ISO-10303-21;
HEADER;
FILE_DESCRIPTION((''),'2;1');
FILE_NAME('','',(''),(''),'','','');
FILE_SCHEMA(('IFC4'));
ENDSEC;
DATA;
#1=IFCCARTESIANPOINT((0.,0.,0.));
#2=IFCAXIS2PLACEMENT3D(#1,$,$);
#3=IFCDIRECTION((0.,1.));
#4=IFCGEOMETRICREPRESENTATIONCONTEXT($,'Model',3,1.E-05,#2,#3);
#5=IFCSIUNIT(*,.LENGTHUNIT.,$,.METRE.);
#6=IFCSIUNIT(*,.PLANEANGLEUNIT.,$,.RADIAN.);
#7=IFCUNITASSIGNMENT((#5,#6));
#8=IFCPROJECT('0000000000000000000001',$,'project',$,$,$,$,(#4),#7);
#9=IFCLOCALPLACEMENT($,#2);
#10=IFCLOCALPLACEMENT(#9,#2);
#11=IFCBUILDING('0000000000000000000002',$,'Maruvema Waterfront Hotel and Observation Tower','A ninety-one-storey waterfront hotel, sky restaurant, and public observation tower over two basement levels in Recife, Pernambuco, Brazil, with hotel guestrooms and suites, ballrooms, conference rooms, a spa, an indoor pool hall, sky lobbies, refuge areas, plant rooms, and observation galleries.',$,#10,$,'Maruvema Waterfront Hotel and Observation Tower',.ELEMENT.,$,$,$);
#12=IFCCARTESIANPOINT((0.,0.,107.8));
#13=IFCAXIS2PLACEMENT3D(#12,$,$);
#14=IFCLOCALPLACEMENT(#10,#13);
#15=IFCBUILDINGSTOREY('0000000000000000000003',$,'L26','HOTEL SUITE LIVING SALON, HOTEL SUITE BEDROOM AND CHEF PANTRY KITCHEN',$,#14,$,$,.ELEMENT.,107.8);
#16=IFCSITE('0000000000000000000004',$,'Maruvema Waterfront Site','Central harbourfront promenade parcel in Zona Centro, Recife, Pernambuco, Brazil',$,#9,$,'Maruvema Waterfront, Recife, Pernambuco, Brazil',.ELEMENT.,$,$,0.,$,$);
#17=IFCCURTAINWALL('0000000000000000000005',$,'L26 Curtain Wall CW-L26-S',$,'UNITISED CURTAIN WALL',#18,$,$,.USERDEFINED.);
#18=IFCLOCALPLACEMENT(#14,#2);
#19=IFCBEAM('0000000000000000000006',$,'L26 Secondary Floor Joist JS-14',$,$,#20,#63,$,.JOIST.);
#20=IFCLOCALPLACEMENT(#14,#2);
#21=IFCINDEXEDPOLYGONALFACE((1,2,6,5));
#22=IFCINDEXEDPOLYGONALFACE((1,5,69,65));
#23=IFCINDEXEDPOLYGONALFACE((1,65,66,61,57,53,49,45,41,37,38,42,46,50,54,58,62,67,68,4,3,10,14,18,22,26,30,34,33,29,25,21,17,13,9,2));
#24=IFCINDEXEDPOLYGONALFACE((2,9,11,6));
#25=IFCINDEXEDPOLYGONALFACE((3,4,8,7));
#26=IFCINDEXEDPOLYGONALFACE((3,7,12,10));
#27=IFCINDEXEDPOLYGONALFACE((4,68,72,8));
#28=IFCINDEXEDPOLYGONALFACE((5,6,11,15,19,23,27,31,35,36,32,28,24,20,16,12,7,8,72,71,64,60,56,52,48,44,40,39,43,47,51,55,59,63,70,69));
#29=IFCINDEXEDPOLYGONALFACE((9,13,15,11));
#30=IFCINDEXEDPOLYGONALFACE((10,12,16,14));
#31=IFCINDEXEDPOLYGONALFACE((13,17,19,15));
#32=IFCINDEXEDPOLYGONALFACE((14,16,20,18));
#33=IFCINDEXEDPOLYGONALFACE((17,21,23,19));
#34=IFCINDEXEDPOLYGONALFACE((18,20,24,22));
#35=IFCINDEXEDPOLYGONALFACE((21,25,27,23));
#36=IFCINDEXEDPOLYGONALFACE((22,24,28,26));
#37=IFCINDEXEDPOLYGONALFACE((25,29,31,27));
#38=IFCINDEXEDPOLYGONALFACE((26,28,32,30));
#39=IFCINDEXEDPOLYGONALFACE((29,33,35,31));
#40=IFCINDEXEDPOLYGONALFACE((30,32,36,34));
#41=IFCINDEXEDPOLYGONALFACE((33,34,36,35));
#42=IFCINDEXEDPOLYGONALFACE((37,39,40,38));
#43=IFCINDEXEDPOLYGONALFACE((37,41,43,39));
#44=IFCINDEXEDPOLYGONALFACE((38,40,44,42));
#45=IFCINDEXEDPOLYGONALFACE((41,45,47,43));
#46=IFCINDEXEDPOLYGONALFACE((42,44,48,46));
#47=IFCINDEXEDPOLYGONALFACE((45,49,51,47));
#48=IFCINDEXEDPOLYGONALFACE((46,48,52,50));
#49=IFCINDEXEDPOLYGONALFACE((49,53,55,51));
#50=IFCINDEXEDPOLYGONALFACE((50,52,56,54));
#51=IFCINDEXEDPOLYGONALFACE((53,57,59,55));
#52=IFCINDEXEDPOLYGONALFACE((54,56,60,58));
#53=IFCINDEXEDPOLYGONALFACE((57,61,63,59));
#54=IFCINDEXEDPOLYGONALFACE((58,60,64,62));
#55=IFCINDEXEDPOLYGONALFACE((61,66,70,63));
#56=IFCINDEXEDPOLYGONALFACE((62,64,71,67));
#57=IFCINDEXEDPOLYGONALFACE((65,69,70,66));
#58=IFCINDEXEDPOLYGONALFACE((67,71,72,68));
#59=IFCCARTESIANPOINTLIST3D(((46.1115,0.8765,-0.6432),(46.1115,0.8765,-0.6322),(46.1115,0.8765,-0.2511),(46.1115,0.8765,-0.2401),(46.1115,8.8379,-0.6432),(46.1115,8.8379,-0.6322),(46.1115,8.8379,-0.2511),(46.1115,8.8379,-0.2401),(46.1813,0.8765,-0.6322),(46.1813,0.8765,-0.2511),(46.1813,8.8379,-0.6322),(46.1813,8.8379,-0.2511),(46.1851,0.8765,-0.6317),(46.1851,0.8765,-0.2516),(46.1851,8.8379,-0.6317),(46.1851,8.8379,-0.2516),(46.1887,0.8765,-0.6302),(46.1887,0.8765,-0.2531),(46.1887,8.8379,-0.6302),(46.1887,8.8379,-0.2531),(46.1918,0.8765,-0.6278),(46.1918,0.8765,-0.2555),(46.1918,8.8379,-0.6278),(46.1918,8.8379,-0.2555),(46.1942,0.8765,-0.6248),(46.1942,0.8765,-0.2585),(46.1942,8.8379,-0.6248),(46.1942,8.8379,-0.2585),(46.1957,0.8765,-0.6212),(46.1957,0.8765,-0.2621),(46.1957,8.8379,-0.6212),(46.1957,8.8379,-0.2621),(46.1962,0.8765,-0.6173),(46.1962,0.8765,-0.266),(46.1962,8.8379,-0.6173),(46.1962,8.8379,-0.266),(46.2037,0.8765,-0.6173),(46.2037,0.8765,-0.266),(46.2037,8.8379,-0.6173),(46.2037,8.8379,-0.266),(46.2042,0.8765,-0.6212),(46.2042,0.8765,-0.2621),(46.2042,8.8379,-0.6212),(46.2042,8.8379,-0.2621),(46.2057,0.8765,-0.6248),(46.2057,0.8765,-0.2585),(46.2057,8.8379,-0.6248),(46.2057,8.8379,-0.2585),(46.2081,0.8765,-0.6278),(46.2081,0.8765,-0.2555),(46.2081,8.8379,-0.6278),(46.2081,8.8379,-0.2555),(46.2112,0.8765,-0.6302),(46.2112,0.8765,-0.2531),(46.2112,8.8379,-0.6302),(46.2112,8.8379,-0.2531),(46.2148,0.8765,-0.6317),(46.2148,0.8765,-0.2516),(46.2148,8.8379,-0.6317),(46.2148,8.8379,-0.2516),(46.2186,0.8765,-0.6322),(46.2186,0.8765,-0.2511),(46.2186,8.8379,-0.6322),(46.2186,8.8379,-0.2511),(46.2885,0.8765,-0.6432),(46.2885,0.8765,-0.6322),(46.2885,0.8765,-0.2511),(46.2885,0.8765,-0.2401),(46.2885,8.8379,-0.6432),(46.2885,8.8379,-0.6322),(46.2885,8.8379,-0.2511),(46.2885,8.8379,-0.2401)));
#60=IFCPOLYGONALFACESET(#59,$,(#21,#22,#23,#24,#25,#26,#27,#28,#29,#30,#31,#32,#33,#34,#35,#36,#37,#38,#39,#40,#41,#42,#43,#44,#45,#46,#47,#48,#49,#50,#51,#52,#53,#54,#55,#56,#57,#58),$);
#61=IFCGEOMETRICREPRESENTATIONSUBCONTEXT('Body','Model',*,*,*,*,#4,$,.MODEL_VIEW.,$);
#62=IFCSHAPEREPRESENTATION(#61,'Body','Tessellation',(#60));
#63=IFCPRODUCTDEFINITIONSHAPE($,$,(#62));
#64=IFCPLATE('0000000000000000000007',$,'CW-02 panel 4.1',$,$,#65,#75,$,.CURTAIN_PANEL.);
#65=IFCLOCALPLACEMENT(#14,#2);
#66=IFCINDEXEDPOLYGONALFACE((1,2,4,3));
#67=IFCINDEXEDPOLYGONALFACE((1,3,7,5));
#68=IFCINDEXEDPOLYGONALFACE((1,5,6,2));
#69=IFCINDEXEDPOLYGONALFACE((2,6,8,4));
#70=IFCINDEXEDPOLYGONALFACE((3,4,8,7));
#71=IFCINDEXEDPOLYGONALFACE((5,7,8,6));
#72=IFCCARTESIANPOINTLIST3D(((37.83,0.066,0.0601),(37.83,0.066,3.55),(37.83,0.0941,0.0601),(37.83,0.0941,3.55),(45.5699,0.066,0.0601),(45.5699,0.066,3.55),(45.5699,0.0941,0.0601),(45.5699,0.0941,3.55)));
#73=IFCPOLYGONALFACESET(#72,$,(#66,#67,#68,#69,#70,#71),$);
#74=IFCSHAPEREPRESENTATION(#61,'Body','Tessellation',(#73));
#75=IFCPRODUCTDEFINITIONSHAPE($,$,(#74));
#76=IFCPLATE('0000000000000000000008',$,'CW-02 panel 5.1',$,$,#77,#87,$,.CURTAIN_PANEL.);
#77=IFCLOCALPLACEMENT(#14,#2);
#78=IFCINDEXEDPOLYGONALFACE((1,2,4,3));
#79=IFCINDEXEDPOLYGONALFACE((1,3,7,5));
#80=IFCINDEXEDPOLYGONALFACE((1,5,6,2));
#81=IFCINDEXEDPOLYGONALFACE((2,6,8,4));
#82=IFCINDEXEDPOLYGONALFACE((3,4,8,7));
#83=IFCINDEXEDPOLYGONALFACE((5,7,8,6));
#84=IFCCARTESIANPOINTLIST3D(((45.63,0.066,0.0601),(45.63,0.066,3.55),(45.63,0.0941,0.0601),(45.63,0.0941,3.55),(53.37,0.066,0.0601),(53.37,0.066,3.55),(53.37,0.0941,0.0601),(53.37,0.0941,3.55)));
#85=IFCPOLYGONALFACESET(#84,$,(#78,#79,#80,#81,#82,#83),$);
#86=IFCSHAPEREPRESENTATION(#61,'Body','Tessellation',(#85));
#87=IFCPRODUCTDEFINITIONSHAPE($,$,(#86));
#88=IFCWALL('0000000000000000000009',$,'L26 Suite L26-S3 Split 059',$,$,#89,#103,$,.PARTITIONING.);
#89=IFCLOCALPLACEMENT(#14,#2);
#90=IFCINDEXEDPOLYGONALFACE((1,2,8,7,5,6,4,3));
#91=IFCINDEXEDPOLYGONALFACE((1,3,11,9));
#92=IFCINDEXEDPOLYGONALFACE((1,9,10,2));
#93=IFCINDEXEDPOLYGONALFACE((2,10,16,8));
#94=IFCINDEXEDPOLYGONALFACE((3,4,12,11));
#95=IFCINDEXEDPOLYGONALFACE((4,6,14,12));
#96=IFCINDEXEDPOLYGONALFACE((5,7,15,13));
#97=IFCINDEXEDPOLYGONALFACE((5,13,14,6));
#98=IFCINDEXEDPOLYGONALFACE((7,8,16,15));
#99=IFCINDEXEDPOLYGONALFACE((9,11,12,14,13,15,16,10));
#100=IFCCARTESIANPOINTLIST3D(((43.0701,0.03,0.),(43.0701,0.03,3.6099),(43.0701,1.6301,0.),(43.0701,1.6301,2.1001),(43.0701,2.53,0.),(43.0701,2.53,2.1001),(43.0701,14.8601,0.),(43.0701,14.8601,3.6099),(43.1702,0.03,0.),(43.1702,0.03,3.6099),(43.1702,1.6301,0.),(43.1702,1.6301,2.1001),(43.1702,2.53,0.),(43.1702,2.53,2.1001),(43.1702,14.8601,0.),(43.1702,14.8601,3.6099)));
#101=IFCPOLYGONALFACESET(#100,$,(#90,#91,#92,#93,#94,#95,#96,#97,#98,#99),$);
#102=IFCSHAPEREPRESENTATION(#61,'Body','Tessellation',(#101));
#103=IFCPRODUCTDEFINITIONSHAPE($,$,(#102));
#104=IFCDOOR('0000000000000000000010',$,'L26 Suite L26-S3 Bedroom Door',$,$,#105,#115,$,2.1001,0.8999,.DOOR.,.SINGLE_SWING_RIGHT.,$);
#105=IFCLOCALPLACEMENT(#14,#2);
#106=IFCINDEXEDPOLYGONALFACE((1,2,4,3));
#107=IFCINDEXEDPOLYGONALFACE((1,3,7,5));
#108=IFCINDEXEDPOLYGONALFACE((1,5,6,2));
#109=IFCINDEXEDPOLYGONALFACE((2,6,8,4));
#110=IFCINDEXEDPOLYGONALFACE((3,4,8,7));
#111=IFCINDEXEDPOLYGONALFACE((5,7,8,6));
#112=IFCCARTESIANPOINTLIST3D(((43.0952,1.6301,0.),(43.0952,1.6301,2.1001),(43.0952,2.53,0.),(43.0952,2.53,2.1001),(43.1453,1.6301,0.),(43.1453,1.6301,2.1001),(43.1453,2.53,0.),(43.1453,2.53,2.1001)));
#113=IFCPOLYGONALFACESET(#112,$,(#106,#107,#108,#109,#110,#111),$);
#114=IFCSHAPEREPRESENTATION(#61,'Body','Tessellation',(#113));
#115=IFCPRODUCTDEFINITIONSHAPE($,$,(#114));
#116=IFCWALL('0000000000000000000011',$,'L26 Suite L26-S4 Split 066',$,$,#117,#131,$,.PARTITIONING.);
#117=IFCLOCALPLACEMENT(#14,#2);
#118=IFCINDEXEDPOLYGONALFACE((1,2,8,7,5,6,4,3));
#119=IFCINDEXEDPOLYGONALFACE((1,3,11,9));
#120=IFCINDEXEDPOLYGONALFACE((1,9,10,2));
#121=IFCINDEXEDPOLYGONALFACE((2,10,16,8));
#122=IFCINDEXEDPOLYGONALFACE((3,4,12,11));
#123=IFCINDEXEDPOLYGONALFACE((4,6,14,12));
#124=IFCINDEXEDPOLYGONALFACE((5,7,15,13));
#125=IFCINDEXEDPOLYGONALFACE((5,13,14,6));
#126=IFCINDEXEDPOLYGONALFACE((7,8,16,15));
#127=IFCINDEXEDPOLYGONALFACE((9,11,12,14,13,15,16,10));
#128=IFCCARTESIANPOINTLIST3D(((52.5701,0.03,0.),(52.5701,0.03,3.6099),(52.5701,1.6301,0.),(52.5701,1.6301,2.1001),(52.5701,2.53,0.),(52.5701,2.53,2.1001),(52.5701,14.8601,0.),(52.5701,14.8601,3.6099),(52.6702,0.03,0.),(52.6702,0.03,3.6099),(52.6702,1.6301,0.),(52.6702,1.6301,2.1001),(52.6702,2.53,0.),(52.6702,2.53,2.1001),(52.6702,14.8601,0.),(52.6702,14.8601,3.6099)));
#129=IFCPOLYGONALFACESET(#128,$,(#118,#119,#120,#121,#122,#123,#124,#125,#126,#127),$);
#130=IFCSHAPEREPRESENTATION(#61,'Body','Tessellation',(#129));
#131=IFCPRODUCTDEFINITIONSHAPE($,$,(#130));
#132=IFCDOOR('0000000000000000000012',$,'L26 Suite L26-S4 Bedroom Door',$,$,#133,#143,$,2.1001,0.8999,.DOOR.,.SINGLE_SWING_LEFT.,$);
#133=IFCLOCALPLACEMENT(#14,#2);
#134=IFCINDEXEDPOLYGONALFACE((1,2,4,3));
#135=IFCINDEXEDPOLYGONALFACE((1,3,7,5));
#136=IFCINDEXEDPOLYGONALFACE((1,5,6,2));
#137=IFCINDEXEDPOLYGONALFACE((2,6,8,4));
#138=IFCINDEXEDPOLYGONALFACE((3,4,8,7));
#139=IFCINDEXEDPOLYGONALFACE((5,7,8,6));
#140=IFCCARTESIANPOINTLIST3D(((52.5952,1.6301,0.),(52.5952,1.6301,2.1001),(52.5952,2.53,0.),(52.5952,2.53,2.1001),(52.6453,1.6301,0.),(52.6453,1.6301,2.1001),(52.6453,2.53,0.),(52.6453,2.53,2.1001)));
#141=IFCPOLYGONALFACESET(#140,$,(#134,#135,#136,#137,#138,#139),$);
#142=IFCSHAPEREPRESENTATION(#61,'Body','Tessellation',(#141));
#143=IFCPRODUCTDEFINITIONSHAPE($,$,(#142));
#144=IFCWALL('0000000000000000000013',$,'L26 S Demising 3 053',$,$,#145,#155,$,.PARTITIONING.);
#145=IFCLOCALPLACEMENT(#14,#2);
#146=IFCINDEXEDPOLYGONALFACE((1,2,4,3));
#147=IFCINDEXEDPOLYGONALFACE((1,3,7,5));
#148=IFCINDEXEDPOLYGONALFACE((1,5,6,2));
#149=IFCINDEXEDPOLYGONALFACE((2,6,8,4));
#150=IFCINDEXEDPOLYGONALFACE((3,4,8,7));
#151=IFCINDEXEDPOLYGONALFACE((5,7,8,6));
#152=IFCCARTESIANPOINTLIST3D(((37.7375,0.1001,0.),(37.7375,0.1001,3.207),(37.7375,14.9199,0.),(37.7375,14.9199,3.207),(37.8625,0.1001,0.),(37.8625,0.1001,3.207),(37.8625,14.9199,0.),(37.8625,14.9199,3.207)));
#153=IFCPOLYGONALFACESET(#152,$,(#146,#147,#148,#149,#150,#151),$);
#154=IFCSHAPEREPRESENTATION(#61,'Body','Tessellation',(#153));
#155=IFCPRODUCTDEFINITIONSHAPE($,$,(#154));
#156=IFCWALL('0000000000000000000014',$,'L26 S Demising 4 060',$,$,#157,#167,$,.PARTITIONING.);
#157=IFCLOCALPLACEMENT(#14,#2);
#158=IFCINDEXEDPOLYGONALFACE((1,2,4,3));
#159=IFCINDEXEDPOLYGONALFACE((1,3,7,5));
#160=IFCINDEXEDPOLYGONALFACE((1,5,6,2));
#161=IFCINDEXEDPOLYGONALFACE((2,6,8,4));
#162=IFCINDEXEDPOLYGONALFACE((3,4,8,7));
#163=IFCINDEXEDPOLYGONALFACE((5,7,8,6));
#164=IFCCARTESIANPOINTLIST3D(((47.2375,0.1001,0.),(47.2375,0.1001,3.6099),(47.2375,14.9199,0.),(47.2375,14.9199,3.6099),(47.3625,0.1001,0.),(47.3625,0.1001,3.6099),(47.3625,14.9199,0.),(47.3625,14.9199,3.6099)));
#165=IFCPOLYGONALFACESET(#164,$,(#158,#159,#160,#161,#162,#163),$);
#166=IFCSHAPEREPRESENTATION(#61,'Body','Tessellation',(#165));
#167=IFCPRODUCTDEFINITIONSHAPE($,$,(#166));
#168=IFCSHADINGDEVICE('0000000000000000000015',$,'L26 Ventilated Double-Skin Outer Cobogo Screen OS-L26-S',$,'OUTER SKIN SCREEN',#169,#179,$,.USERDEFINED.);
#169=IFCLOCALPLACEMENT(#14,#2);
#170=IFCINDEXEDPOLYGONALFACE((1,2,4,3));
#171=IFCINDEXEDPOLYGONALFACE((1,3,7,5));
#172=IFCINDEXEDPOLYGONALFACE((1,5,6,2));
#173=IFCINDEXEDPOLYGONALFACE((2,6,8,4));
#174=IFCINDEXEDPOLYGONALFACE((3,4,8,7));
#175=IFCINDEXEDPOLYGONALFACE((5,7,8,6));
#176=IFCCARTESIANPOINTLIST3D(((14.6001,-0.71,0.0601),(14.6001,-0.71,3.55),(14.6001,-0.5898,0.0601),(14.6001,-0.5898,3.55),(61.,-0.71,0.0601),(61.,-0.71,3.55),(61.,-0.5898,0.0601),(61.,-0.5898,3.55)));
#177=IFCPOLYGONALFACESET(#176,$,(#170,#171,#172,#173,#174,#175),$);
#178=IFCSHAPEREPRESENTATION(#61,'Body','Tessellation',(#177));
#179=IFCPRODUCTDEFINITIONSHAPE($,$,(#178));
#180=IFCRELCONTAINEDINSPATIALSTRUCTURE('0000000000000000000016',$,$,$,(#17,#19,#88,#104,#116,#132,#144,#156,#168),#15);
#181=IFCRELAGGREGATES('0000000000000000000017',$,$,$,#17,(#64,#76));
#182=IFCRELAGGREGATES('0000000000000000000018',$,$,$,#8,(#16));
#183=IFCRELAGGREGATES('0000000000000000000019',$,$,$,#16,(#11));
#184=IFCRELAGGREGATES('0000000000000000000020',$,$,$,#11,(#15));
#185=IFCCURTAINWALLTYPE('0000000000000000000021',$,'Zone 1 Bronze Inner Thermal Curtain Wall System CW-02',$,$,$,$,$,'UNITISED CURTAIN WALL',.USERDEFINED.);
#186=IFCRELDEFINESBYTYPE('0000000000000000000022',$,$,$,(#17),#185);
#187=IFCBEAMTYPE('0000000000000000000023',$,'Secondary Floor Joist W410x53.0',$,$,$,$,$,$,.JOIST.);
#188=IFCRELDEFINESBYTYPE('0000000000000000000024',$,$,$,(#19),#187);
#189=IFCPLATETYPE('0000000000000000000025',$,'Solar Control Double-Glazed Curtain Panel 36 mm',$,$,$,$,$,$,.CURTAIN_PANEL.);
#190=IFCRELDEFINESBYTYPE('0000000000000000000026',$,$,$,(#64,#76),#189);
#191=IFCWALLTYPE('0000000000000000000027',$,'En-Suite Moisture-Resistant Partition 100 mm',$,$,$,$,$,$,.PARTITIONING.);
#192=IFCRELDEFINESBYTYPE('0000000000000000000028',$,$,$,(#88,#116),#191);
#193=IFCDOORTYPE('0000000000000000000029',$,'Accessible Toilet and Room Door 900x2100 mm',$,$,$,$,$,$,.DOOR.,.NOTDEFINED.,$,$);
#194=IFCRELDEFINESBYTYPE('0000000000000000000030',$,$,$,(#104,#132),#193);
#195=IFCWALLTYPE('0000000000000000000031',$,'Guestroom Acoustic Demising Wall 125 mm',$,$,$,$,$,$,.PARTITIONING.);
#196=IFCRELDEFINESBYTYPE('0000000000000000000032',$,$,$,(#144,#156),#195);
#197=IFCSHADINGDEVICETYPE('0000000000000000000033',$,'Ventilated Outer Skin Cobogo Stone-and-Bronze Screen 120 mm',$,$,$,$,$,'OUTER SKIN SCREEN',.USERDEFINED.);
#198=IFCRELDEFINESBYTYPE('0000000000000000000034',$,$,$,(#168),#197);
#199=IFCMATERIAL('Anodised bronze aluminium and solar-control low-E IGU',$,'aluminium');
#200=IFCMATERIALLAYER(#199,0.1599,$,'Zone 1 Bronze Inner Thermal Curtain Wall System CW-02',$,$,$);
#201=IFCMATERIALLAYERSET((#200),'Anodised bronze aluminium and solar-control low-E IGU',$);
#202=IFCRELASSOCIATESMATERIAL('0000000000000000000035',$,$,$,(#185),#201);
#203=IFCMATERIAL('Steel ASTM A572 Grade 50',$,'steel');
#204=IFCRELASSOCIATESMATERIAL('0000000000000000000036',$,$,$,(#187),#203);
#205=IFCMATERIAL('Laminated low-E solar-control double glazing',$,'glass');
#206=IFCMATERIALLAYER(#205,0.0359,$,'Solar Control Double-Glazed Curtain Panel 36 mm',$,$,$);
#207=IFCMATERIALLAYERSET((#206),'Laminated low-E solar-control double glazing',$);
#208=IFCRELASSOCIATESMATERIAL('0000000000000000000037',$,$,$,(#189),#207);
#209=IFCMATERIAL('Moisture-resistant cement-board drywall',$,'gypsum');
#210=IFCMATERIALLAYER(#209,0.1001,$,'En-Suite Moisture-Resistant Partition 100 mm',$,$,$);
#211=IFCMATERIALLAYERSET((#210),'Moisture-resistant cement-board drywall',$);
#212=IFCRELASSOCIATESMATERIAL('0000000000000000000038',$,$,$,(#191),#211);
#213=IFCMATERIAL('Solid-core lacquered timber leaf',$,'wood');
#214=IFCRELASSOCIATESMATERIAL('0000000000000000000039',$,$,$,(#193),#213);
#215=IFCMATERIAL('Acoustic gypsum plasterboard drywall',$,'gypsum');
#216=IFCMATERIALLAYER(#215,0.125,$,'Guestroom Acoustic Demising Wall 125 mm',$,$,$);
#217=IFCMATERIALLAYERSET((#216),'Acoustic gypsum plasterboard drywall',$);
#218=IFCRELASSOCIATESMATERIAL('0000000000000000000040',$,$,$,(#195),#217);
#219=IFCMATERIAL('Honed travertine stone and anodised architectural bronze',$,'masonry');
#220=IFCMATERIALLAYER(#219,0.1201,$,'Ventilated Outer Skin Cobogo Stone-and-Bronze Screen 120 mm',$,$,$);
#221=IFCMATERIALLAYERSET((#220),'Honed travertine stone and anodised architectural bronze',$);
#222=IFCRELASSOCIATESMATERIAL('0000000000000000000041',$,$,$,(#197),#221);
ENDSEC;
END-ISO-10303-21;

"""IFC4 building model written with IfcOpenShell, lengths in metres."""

from ifc_helpers import new_model, si_unit, direction, frame, frame_2d, origin, origin_2d, place, context, subcontext, project, spatial, rectangle, i_section, extrude, material, layer, layer_set, material_profile, profile_set, type_object, element, fill, aggregate, save


model = new_model("IFC4")

# Units and contexts
model_context = context("Model", 3, precision=1e-05, world=origin(), true_north=direction((0.0, 1.0)))
body_context = subcontext(model_context, "Body", "Model", "MODEL_VIEW")
ifc_project = project(units=[si_unit("LENGTHUNIT", "METRE"), si_unit("PLANEANGLEUNIT", "RADIAN")], contexts=[model_context])

# Site, building, storey
site_placement = place(None, origin())
site = spatial("IfcSite", under=ifc_project, at=site_placement, Name="Maruvema Waterfront Site", Description="Central harbourfront promenade parcel in Zona Centro, Recife, Pernambuco, Brazil", LongName="Maruvema Waterfront, Recife, Pernambuco, Brazil", CompositionType="ELEMENT", RefElevation=0.0)
building_placement = place(site_placement, origin())
building = spatial("IfcBuilding", under=site, at=building_placement, Name="Maruvema Waterfront Hotel and Observation Tower", Description="A ninety-one-storey waterfront hotel, sky restaurant, and public observation tower over two basement levels in Recife, Pernambuco, Brazil, with hotel guestrooms and suites, ballrooms, conference rooms, a spa, an indoor pool hall, sky lobbies, refuge areas, plant rooms, and observation galleries.", LongName="Maruvema Waterfront Hotel and Observation Tower", CompositionType="ELEMENT")
storey_placement = place(building_placement, frame((0.0, 0.0, 107.8)))
storey = spatial("IfcBuildingStorey", under=building, at=storey_placement, Name="L26", Description="HOTEL SUITE LIVING SALON, HOTEL SUITE BEDROOM AND CHEF PANTRY KITCHEN", CompositionType="ELEMENT", Elevation=107.8)

# Curtain wall
ifc_material_1 = material(Name="Anodised bronze aluminium and solar-control low-E IGU", Category="aluminium")
ifc_layer_1 = layer(ifc_material_1, 0.1599, Name="Zone 1 Bronze Inner Thermal Curtain Wall System CW-02")
ifc_layer_set_1 = layer_set([ifc_layer_1], Name="Anodised bronze aluminium and solar-control low-E IGU")
curtain_wall_type = type_object("IfcCurtainWallType", Name="Zone 1 Bronze Inner Thermal Curtain Wall System CW-02", ElementType="UNITISED CURTAIN WALL", PredefinedType="USERDEFINED", material=ifc_layer_set_1)
curtain_wall_placement = place(storey_placement, origin())
curtain_wall = element("IfcCurtainWall", 1, at=curtain_wall_placement, inside=storey, type_object=curtain_wall_type, Name="L26 Curtain Wall CW-L26-S", ObjectType="UNITISED CURTAIN WALL", PredefinedType="USERDEFINED")

# Beam
ifc_material_2 = material(Name="Steel ASTM A572 Grade 50", Category="steel")
ifc_material_profile_1 = material_profile(ifc_material_2, i_section(OverallWidth=0.177, OverallDepth=0.4031, WebThickness=0.0076, FlangeThickness=0.011, FilletRadius=0.0149, at=origin_2d()), Name="W410x53.0")
ifc_profile_set_1 = profile_set([ifc_material_profile_1], Name="Steel ASTM A572 Grade 50")
beam_type_1 = type_object("IfcBeamType", Name="Secondary Floor Joist W410x53.0", PredefinedType="JOIST", material=ifc_profile_set_1)
beam_1_placement = place(storey_placement, frame((46.2, 0.8765, -0.4417), z_axis=(0.0, 1.0, 0.0), x_axis=(-1.0, 0.0, 0.0)))
element("IfcBeam", 2, at=beam_1_placement, inside=storey, type_object=beam_type_1, Name="L26 Secondary Floor Joist JS-14", PredefinedType="JOIST", context=body_context, shape_type="SweptSolid", body=[
    extrude(i_section(OverallWidth=0.177, OverallDepth=0.4031, WebThickness=0.0076, FlangeThickness=0.011, FilletRadius=0.0149, at=origin_2d()), origin(), (0.0, 0.0, 1.0), 7.9614),
])

# Plates
ifc_material_3 = material(Name="Laminated low-E solar-control double glazing", Category="glass")
ifc_layer_2 = layer(ifc_material_3, 0.0359, Name="Solar Control Double-Glazed Curtain Panel 36 mm")
ifc_layer_set_2 = layer_set([ifc_layer_2], Name="Laminated low-E solar-control double glazing")
plate_type = type_object("IfcPlateType", Name="Solar Control Double-Glazed Curtain Panel 36 mm", PredefinedType="CURTAIN_PANEL", material=ifc_layer_set_2)
plate_1_placement = place(storey_placement, frame((41.7, 0.0801, 0.0601), z_axis=(0.0, 0.0, 1.0), x_axis=(1.0, 0.0, 0.0)))
plate_1 = element("IfcPlate", 3, at=plate_1_placement, type_object=plate_type, Name="CW-02 panel 4.1", PredefinedType="CURTAIN_PANEL", context=body_context, shape_type="SweptSolid", body=[
    extrude(rectangle(XDim=7.74, YDim=0.0281, at=origin_2d()), origin(), (0.0, 0.0, 1.0), 3.49),
])
plate_2_placement = place(storey_placement, frame((49.5, 0.0801, 0.0601), z_axis=(0.0, 0.0, 1.0), x_axis=(1.0, 0.0, 0.0)))
plate_2 = element("IfcPlate", 4, at=plate_2_placement, type_object=plate_type, Name="CW-02 panel 5.1", PredefinedType="CURTAIN_PANEL", context=body_context, shape_type="SweptSolid", body=[
    extrude(rectangle(XDim=7.74, YDim=0.0281, at=origin_2d()), origin(), (0.0, 0.0, 1.0), 3.49),
])
aggregate(curtain_wall, [plate_1, plate_2])

# Walls, openings, doors
ifc_material_4 = material(Name="Moisture-resistant cement-board drywall", Category="gypsum")
ifc_layer_3 = layer(ifc_material_4, 0.1001, Name="En-Suite Moisture-Resistant Partition 100 mm")
ifc_layer_set_3 = layer_set([ifc_layer_3], Name="Moisture-resistant cement-board drywall")
wall_type_1 = type_object("IfcWallType", Name="En-Suite Moisture-Resistant Partition 100 mm", PredefinedType="PARTITIONING", material=ifc_layer_set_3)
wall_1_placement = place(storey_placement, frame((43.1201, 0.03, 0.0), z_axis=(0.0, 0.0, 1.0), x_axis=(0.0, 1.0, 0.0)))
wall_1 = element("IfcWall", 5, at=wall_1_placement, inside=storey, type_object=wall_type_1, Name="L26 Suite L26-S3 Split 059", PredefinedType="PARTITIONING", context=body_context, shape_type="SweptSolid", body=[
    extrude(rectangle(XDim=14.8301, YDim=0.1001, at=frame_2d((7.415, 0.0))), origin(), (0.0, 0.0, 1.0), 3.6099),
])
opening_1_placement = place(wall_1_placement, frame((1.6001, 0.0, 0.0)))
opening_1 = element("IfcOpeningElement", 6, at=opening_1_placement, cuts=wall_1, PredefinedType="OPENING", context=body_context, shape_type="SweptSolid", body=[
    extrude(rectangle(XDim=0.8999, YDim=2.1001, at=frame_2d((0.45, 1.05))), frame((0.0, 0.0601, 0.0), z_axis=(0.0, -1.0, 0.0), x_axis=(1.0, 0.0, 0.0)), (0.0, 0.0, 1.0), 0.1201),
])
ifc_material_5 = material(Name="Solid-core lacquered timber leaf", Category="wood")
door_type = type_object("IfcDoorType", Name="Accessible Toilet and Room Door 900x2100 mm", OperationType="NOTDEFINED", PredefinedType="DOOR", material=ifc_material_5)
door_1_placement = place(opening_1_placement, origin())
door_1 = element("IfcDoor", 7, at=door_1_placement, inside=storey, type_object=door_type, Name="L26 Suite L26-S3 Bedroom Door", OperationType="SINGLE_SWING_RIGHT", OverallHeight=2.1001, OverallWidth=0.8999, PredefinedType="DOOR", context=body_context, shape_type="SweptSolid", body=[
    extrude(rectangle(XDim=0.8999, YDim=2.1001, at=frame_2d((0.45, 1.05))), frame((0.0, 0.0249, 0.0), z_axis=(0.0, -1.0, 0.0), x_axis=(1.0, 0.0, 0.0)), (0.0, 0.0, 1.0), 0.05),
])
fill(opening_1, door_1)
wall_2_placement = place(storey_placement, frame((52.6201, 0.03, 0.0), z_axis=(0.0, 0.0, 1.0), x_axis=(0.0, 1.0, 0.0)))
wall_2 = element("IfcWall", 8, at=wall_2_placement, inside=storey, type_object=wall_type_1, Name="L26 Suite L26-S4 Split 066", PredefinedType="PARTITIONING", context=body_context, shape_type="SweptSolid", body=[
    extrude(rectangle(XDim=14.8301, YDim=0.1001, at=frame_2d((7.415, 0.0))), origin(), (0.0, 0.0, 1.0), 3.6099),
])
opening_2_placement = place(wall_2_placement, frame((1.6001, 0.0, 0.0)))
opening_2 = element("IfcOpeningElement", 9, at=opening_2_placement, cuts=wall_2, PredefinedType="OPENING", context=body_context, shape_type="SweptSolid", body=[
    extrude(rectangle(XDim=0.8999, YDim=2.1001, at=frame_2d((0.45, 1.05))), frame((0.0, 0.0601, 0.0), z_axis=(0.0, -1.0, 0.0), x_axis=(1.0, 0.0, 0.0)), (0.0, 0.0, 1.0), 0.1201),
])
door_2_placement = place(opening_2_placement, origin())
door_2 = element("IfcDoor", 10, at=door_2_placement, inside=storey, type_object=door_type, Name="L26 Suite L26-S4 Bedroom Door", OperationType="SINGLE_SWING_LEFT", OverallHeight=2.1001, OverallWidth=0.8999, PredefinedType="DOOR", context=body_context, shape_type="SweptSolid", body=[
    extrude(rectangle(XDim=0.8999, YDim=2.1001, at=frame_2d((0.45, 1.05))), frame((0.0, 0.0249, 0.0), z_axis=(0.0, -1.0, 0.0), x_axis=(1.0, 0.0, 0.0)), (0.0, 0.0, 1.0), 0.05),
])
fill(opening_2, door_2)

# Walls
ifc_material_6 = material(Name="Acoustic gypsum plasterboard drywall", Category="gypsum")
ifc_layer_4 = layer(ifc_material_6, 0.125, Name="Guestroom Acoustic Demising Wall 125 mm")
ifc_layer_set_4 = layer_set([ifc_layer_4], Name="Acoustic gypsum plasterboard drywall")
wall_type_2 = type_object("IfcWallType", Name="Guestroom Acoustic Demising Wall 125 mm", PredefinedType="PARTITIONING", material=ifc_layer_set_4)
wall_3_placement = place(storey_placement, frame((37.8, 0.1001, 0.0), z_axis=(0.0, 0.0, 1.0), x_axis=(0.0, 1.0, 0.0)))
element("IfcWall", 11, at=wall_3_placement, inside=storey, type_object=wall_type_2, Name="L26 S Demising 3 053", PredefinedType="PARTITIONING", context=body_context, shape_type="SweptSolid", body=[
    extrude(rectangle(XDim=14.8198, YDim=0.125, at=frame_2d((7.4099, 0.0))), origin(), (0.0, 0.0, 1.0), 3.207),
])
wall_4_placement = place(storey_placement, frame((47.3, 0.1001, 0.0), z_axis=(0.0, 0.0, 1.0), x_axis=(0.0, 1.0, 0.0)))
element("IfcWall", 12, at=wall_4_placement, inside=storey, type_object=wall_type_2, Name="L26 S Demising 4 060", PredefinedType="PARTITIONING", context=body_context, shape_type="SweptSolid", body=[
    extrude(rectangle(XDim=14.8198, YDim=0.125, at=frame_2d((7.4099, 0.0))), origin(), (0.0, 0.0, 1.0), 3.6099),
])

# Shading device
ifc_material_7 = material(Name="Honed travertine stone and anodised architectural bronze", Category="masonry")
ifc_layer_5 = layer(ifc_material_7, 0.1201, Name="Ventilated Outer Skin Cobogo Stone-and-Bronze Screen 120 mm")
ifc_layer_set_5 = layer_set([ifc_layer_5], Name="Honed travertine stone and anodised architectural bronze")
shading_device_type = type_object("IfcShadingDeviceType", Name="Ventilated Outer Skin Cobogo Stone-and-Bronze Screen 120 mm", ElementType="OUTER SKIN SCREEN", PredefinedType="USERDEFINED", material=ifc_layer_set_5)
shading_device_placement = place(storey_placement, frame((37.8, -0.6499, 0.0601), z_axis=(0.0, 0.0, 1.0), x_axis=(1.0, 0.0, 0.0)))
element("IfcShadingDevice", 13, at=shading_device_placement, inside=storey, type_object=shading_device_type, Name="L26 Ventilated Double-Skin Outer Cobogo Screen OS-L26-S", ObjectType="OUTER SKIN SCREEN", PredefinedType="USERDEFINED", context=body_context, shape_type="SweptSolid", body=[
    extrude(rectangle(XDim=46.3999, YDim=0.1201, at=origin_2d()), origin(), (0.0, 0.0, 1.0), 3.49),
])

save(model, "model.ifc")
